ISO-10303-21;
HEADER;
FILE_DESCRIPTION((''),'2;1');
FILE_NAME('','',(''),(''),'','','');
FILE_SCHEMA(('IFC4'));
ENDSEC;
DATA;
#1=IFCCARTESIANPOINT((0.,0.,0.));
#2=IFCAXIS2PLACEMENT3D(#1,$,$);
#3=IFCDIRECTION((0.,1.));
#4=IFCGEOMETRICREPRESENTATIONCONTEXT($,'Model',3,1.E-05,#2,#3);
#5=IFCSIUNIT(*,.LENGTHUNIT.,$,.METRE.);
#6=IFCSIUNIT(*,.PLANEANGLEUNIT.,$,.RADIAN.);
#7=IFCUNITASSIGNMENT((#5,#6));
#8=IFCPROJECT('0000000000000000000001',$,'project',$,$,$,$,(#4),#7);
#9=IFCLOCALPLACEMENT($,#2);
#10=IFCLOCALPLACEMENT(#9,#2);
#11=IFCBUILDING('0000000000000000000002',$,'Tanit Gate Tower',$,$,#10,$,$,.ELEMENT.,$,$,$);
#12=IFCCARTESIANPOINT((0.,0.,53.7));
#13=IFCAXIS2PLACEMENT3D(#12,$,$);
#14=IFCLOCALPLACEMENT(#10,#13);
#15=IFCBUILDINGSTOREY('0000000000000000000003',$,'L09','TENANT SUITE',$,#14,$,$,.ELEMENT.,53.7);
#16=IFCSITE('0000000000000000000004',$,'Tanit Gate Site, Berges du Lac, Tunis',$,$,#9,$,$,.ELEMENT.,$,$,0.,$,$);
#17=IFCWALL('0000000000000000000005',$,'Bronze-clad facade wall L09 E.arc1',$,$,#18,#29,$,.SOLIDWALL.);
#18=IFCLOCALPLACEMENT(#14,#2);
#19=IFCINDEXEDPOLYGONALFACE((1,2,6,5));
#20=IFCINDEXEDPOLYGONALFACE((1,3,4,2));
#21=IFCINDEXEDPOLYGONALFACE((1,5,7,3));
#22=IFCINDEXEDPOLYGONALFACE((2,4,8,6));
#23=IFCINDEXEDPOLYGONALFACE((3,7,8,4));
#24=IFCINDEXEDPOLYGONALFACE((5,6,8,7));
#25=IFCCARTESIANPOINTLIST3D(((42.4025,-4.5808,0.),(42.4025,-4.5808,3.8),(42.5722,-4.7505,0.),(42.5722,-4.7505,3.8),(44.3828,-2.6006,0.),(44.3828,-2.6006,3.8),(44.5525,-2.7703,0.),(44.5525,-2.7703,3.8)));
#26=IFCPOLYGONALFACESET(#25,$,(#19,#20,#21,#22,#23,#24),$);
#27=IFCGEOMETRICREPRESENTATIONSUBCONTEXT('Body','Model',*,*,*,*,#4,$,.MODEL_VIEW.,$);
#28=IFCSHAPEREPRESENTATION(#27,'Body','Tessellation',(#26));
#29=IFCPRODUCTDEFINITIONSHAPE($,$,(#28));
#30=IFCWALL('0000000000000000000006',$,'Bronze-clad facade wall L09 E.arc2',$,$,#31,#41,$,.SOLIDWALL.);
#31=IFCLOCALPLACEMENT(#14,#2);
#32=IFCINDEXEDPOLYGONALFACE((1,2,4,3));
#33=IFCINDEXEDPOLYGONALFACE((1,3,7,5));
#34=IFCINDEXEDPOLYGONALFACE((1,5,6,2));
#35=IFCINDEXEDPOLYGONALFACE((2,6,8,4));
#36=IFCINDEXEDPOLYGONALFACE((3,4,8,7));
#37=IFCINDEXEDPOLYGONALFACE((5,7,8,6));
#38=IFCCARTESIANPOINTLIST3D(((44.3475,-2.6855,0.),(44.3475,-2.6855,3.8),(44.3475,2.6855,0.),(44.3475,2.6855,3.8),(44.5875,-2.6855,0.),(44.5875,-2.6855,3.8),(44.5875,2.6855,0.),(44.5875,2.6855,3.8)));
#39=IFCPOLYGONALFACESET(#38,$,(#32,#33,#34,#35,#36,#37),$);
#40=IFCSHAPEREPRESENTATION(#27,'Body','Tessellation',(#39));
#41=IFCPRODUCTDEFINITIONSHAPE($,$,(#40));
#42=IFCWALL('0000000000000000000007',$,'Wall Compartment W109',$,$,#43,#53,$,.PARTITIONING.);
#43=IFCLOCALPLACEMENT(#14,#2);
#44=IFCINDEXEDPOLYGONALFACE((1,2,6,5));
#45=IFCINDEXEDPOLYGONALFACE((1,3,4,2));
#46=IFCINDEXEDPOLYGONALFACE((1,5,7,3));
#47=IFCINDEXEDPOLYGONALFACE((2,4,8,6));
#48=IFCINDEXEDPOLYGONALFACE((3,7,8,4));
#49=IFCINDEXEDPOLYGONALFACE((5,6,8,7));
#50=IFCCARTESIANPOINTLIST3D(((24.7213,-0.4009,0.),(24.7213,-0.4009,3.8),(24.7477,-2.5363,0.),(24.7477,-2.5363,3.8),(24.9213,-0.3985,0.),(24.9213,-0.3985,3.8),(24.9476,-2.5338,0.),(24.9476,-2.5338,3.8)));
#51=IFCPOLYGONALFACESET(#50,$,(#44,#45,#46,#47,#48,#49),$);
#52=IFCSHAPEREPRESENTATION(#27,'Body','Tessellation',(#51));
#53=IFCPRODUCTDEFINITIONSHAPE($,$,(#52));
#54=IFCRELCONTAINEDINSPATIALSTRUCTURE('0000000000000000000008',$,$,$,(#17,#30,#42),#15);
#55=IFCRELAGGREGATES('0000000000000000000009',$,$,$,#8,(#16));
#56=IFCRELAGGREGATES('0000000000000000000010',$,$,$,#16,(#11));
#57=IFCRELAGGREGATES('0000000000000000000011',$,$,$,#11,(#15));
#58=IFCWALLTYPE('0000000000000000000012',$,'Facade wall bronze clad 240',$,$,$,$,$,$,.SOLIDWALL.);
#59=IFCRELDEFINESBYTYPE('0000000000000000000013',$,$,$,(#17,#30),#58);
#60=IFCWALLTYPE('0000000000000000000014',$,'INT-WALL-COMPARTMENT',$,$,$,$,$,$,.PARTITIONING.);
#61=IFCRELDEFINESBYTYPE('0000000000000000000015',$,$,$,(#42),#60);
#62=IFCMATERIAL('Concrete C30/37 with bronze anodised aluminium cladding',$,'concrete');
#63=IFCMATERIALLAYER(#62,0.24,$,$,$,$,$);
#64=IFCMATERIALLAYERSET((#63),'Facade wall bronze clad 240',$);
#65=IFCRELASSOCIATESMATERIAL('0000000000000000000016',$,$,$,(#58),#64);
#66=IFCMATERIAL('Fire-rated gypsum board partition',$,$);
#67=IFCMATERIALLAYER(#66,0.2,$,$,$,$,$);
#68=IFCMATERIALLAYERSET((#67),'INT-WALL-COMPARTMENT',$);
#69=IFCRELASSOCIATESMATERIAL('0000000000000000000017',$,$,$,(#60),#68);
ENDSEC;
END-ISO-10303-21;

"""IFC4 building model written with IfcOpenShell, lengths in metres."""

from ifc_helpers import new_model, si_unit, direction, frame, frame_2d, origin, place, context, subcontext, project, spatial, rectangle, extrude, material, layer, layer_set, type_object, element, save


model = new_model("IFC4")

# Units and contexts
model_context = context("Model", 3, precision=1e-05, world=origin(), true_north=direction((0.0, 1.0)))
body_context = subcontext(model_context, "Body", "Model", "MODEL_VIEW")
ifc_project = project(units=[si_unit("LENGTHUNIT", "METRE"), si_unit("PLANEANGLEUNIT", "RADIAN")], contexts=[model_context])

# Site, building, storey
site_placement = place(None, origin())
site = spatial("IfcSite", under=ifc_project, at=site_placement, Name="Tanit Gate Site, Berges du Lac, Tunis", CompositionType="ELEMENT", RefElevation=0.0)
building_placement = place(site_placement, origin())
building = spatial("IfcBuilding", under=site, at=building_placement, Name="Tanit Gate Tower", CompositionType="ELEMENT")
storey_placement = place(building_placement, frame((0.0, 0.0, 53.7)))
storey = spatial("IfcBuildingStorey", under=building, at=storey_placement, Name="L09", Description="TENANT SUITE", CompositionType="ELEMENT", Elevation=53.7)

# Walls
ifc_material_1 = material(Name="Concrete C30/37 with bronze anodised aluminium cladding", Category="concrete")
ifc_layer_1 = layer(ifc_material_1, 0.24)
ifc_layer_set_1 = layer_set([ifc_layer_1], Name="Facade wall bronze clad 240")
wall_type_1 = type_object("IfcWallType", Name="Facade wall bronze clad 240", PredefinedType="SOLIDWALL", material=ifc_layer_set_1)
wall_1_placement = place(storey_placement, frame((42.4873, -4.6658, 0.0), z_axis=(0.0, 0.0, 1.0), x_axis=(0.707107, 0.707107, 0.0)))
element("IfcWall", 1, at=wall_1_placement, inside=storey, type_object=wall_type_1, Name="Bronze-clad facade wall L09 E.arc1", PredefinedType="SOLIDWALL", context=body_context, shape_type="SweptSolid", body=[
    extrude(rectangle(XDim=2.8005, YDim=0.24, at=frame_2d((1.4004, 0.0))), origin(), (0.0, 0.0, 1.0), 3.8),
])
wall_2_placement = place(storey_placement, frame((44.4675, -2.6855, 0.0), z_axis=(0.0, 0.0, 1.0), x_axis=(0.0, 1.0, 0.0)))
element("IfcWall", 2, at=wall_2_placement, inside=storey, type_object=wall_type_1, Name="Bronze-clad facade wall L09 E.arc2", PredefinedType="SOLIDWALL", context=body_context, shape_type="SweptSolid", body=[
    extrude(rectangle(XDim=5.3711, YDim=0.24, at=frame_2d((2.6855, 0.0))), origin(), (0.0, 0.0, 1.0), 3.8),
])
ifc_material_2 = material(Name="Fire-rated gypsum board partition")
ifc_layer_2 = layer(ifc_material_2, 0.2)
ifc_layer_set_2 = layer_set([ifc_layer_2], Name="INT-WALL-COMPARTMENT")
wall_type_2 = type_object("IfcWallType", Name="INT-WALL-COMPARTMENT", PredefinedType="PARTITIONING", material=ifc_layer_set_2)
wall_3_placement = place(storey_placement, frame((24.8477, -2.5352, 0.0), z_axis=(0.0, 0.0, 1.0), x_axis=(-0.012348, 0.999924, 0.0)))
element("IfcWall", 3, at=wall_3_placement, inside=storey, type_object=wall_type_2, Name="Wall Compartment W109", PredefinedType="PARTITIONING", context=body_context, shape_type="SweptSolid", body=[
    extrude(rectangle(XDim=2.1355, YDim=0.2, at=frame_2d((1.0679, 0.0))), origin(), (0.0, 0.0, 1.0), 3.8),
])

save(model, "model.ifc")
